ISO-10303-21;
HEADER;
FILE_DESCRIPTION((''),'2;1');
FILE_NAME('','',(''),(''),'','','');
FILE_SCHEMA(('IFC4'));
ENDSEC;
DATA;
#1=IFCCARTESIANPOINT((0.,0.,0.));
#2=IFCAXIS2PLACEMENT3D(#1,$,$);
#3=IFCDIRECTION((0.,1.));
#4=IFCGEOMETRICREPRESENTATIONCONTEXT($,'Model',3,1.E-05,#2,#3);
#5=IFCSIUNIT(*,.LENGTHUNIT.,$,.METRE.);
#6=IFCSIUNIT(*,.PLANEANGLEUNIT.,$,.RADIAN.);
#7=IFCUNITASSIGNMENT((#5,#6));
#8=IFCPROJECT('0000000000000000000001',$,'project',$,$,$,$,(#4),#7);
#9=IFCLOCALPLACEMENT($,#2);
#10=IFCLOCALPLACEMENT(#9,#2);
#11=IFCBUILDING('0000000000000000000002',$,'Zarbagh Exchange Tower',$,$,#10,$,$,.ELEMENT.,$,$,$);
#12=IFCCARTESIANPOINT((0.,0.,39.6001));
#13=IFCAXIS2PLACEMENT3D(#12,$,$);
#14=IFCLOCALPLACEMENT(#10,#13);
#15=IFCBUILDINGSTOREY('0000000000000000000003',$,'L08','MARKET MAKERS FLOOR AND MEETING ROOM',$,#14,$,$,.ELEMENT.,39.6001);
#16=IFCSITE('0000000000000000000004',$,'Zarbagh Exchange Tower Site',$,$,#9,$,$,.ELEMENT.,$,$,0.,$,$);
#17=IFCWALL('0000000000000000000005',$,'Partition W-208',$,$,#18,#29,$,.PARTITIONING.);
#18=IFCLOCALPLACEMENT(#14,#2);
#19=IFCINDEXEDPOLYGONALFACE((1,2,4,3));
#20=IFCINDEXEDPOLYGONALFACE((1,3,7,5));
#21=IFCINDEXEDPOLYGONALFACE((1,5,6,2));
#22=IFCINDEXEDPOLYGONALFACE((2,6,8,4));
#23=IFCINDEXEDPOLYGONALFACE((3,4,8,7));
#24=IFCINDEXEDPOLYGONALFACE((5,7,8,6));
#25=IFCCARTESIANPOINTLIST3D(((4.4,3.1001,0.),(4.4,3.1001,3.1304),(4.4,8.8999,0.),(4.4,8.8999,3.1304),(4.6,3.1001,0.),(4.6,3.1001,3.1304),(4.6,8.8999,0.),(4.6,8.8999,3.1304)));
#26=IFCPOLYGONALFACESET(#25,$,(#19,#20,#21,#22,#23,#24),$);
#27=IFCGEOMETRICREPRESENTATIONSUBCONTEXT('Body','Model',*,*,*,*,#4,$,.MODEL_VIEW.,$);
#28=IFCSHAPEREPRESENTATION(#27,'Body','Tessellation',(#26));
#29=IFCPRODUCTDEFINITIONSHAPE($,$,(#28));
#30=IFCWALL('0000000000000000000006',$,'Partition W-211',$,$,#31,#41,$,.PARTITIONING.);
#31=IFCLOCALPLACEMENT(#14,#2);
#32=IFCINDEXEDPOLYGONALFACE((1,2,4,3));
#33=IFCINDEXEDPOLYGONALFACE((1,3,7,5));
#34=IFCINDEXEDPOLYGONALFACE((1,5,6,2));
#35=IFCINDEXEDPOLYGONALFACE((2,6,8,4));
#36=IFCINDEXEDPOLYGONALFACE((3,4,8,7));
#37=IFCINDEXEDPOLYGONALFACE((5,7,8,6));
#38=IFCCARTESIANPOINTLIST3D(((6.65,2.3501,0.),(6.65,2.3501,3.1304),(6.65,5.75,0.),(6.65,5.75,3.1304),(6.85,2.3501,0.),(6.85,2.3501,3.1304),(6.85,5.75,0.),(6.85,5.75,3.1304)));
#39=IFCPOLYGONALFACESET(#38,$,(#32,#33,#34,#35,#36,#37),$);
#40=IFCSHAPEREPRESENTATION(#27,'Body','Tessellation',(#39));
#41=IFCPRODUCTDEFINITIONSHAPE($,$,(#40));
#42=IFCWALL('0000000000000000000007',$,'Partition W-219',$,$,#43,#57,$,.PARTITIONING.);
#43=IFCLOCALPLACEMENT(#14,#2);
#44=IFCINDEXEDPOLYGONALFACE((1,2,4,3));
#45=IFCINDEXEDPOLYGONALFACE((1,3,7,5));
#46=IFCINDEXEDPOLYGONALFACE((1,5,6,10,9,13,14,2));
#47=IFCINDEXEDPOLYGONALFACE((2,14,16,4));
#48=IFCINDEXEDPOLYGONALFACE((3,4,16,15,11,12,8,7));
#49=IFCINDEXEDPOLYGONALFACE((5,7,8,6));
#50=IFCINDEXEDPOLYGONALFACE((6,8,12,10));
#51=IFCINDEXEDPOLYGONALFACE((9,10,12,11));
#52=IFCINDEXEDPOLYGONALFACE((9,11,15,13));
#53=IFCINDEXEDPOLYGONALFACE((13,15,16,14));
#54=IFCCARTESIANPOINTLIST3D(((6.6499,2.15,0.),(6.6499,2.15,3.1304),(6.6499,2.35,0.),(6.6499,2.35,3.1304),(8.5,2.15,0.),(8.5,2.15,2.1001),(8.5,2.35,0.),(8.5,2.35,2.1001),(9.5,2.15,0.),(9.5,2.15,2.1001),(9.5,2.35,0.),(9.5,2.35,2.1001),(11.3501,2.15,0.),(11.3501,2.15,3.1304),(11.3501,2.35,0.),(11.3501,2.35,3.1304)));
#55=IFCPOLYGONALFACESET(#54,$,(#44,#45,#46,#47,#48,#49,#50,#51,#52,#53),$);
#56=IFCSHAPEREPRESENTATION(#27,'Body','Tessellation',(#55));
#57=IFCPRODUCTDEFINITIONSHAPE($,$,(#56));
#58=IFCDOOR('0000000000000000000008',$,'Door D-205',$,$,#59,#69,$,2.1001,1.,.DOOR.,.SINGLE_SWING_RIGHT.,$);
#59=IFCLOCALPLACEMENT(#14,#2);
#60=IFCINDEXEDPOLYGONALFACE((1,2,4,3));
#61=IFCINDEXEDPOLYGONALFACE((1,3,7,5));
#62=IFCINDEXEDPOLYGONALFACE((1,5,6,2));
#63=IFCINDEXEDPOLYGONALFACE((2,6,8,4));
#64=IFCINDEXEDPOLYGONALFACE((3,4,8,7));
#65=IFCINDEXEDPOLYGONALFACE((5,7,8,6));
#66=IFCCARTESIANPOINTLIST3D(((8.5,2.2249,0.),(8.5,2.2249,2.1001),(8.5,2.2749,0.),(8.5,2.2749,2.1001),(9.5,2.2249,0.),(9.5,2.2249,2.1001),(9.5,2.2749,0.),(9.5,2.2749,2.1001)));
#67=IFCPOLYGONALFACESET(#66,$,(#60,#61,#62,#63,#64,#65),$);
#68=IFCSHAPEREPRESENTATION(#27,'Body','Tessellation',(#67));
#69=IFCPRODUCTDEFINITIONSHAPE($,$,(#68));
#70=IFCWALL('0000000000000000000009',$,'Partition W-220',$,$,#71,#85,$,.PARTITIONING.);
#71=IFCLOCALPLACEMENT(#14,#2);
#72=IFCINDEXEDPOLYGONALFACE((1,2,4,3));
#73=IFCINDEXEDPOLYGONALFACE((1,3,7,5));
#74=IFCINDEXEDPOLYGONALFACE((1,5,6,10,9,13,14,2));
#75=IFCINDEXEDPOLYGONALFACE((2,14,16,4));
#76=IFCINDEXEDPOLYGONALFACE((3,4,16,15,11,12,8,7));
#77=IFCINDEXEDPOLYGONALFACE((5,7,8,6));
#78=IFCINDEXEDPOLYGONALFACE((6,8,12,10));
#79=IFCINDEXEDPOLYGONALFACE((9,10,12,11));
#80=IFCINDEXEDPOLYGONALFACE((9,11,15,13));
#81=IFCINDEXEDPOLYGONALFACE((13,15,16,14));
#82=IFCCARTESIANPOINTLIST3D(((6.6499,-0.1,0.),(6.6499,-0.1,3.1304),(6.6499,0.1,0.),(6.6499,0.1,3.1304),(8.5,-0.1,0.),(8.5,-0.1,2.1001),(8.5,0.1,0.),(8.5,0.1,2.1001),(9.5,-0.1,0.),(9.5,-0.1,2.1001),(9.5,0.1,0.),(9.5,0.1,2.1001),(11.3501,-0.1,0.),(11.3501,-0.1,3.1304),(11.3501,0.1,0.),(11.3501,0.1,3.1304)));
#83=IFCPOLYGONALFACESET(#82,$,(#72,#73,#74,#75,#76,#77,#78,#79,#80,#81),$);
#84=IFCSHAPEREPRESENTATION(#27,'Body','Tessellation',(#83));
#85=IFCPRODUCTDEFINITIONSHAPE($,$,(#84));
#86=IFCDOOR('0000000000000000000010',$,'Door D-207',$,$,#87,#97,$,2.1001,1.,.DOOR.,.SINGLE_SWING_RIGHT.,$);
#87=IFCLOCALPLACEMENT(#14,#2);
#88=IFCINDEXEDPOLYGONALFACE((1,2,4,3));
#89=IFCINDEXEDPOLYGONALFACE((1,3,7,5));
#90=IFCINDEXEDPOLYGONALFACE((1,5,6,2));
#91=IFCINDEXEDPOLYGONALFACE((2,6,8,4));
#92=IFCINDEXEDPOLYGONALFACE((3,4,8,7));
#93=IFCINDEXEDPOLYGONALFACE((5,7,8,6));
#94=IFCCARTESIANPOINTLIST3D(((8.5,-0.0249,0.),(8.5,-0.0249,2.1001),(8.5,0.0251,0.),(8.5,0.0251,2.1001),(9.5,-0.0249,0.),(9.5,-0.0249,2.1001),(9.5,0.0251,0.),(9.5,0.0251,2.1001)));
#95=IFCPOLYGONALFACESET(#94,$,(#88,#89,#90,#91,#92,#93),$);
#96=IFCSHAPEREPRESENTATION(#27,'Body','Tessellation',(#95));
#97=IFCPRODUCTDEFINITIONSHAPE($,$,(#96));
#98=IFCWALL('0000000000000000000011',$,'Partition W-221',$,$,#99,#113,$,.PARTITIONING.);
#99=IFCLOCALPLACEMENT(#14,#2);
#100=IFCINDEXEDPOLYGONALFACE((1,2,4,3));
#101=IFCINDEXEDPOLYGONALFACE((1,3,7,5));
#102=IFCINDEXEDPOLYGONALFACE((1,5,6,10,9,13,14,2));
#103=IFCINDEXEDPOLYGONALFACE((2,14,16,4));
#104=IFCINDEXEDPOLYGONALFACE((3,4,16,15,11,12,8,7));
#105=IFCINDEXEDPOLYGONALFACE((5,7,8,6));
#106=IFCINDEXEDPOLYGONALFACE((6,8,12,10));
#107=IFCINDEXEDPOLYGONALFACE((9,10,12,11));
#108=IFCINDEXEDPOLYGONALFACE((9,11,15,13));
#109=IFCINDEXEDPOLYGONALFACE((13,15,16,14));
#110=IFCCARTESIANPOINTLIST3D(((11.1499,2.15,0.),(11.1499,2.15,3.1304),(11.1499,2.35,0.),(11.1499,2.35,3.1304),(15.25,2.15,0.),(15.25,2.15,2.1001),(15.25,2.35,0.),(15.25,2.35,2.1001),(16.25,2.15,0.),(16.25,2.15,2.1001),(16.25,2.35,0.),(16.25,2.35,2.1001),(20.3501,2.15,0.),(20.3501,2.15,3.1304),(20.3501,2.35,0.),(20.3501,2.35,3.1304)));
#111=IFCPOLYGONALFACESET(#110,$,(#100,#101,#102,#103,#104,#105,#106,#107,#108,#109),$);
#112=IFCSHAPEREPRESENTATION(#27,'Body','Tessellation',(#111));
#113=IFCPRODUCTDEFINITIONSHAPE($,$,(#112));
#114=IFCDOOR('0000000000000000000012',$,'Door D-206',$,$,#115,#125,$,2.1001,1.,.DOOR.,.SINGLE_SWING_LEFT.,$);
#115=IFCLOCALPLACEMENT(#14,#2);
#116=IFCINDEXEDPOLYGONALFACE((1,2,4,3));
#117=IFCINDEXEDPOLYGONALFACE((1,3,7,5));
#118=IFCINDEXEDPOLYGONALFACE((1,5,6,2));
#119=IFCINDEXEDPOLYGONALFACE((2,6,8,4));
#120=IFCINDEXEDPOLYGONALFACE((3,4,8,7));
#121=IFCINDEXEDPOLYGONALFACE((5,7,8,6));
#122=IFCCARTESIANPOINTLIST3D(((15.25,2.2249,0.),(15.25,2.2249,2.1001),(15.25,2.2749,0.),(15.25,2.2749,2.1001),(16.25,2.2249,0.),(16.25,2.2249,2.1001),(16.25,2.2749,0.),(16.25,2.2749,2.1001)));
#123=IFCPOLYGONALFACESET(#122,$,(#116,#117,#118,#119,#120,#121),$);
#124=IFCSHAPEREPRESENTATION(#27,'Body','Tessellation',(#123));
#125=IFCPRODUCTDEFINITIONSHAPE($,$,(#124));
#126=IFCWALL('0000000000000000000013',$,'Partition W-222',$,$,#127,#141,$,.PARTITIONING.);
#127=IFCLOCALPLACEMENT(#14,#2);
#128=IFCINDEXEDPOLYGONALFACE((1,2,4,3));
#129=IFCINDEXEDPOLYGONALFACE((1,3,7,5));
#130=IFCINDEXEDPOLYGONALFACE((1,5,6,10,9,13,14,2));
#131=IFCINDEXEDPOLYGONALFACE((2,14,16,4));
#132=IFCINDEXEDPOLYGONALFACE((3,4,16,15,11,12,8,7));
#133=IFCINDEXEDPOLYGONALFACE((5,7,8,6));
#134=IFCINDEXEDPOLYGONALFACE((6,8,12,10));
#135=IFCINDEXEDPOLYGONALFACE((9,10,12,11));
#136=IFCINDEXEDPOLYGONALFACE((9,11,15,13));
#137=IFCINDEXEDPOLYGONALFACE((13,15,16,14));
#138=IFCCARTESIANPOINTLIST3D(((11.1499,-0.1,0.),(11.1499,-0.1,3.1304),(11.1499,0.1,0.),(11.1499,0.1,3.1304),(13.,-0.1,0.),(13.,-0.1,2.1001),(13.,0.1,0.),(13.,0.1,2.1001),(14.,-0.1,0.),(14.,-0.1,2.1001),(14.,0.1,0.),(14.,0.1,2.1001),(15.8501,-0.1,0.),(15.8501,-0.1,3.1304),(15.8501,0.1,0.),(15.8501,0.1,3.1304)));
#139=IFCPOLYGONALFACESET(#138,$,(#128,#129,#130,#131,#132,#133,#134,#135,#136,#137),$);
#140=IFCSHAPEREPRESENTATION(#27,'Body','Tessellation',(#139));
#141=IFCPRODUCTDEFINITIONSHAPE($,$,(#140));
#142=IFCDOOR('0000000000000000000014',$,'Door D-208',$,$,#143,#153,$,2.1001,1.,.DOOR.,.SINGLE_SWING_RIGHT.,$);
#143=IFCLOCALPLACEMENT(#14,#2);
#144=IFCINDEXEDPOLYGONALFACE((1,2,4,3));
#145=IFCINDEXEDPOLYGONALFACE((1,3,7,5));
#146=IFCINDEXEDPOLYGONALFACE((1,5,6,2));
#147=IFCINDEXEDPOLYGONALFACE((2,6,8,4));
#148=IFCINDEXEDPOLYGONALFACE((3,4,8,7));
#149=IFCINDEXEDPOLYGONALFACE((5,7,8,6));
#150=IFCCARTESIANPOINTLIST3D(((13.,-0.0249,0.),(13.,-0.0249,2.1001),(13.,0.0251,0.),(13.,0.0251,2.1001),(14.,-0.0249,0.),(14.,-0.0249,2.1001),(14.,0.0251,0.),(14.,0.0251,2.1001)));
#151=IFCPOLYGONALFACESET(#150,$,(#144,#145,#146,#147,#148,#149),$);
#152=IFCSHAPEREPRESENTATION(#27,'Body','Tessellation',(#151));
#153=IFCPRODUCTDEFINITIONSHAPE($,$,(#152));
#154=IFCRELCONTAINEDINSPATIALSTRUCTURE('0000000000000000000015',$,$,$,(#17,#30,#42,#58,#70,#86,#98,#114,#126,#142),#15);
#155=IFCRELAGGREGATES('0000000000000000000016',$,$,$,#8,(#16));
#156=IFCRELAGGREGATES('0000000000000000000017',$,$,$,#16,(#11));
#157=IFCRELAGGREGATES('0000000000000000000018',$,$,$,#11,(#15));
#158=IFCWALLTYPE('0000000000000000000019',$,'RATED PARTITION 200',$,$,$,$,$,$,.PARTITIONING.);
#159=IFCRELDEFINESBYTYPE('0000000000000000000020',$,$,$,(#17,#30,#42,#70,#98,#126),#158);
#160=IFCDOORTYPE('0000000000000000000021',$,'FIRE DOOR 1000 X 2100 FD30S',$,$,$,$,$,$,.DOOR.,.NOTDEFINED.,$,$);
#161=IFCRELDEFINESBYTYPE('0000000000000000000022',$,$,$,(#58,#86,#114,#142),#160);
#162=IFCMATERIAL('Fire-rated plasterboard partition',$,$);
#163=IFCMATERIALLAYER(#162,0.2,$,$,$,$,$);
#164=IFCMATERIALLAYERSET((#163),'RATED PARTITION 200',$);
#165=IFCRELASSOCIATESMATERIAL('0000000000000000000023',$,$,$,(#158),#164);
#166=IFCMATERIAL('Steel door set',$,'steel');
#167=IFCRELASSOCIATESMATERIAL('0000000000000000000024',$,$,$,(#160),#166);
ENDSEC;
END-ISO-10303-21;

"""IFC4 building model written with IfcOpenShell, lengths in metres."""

from ifc_helpers import new_model, si_unit, direction, frame, frame_2d, origin, place, context, subcontext, project, spatial, rectangle, extrude, material, layer, layer_set, type_object, element, fill, save


model = new_model("IFC4")

# Units and contexts
model_context = context("Model", 3, precision=1e-05, world=origin(), true_north=direction((0.0, 1.0)))
body_context = subcontext(model_context, "Body", "Model", "MODEL_VIEW")
ifc_project = project(units=[si_unit("LENGTHUNIT", "METRE"), si_unit("PLANEANGLEUNIT", "RADIAN")], contexts=[model_context])

# Site, building, storey
site_placement = place(None, origin())
site = spatial("IfcSite", under=ifc_project, at=site_placement, Name="Zarbagh Exchange Tower Site", CompositionType="ELEMENT", RefElevation=0.0)
building_placement = place(site_placement, origin())
building = spatial("IfcBuilding", under=site, at=building_placement, Name="Zarbagh Exchange Tower", CompositionType="ELEMENT")
storey_placement = place(building_placement, frame((0.0, 0.0, 39.6001)))
storey = spatial("IfcBuildingStorey", under=building, at=storey_placement, Name="L08", Description="MARKET MAKERS FLOOR AND MEETING ROOM", CompositionType="ELEMENT", Elevation=39.6001)

# Walls
ifc_material_1 = material(Name="Fire-rated plasterboard partition")
ifc_layer = layer(ifc_material_1, 0.2)
ifc_layer_set = layer_set([ifc_layer], Name="RATED PARTITION 200")
wall_type = type_object("IfcWallType", Name="RATED PARTITION 200", PredefinedType="PARTITIONING", material=ifc_layer_set)
wall_1_placement = place(storey_placement, frame((4.5, 3.1001, 0.0), z_axis=(0.0, 0.0, 1.0), x_axis=(0.0, 1.0, 0.0)))
element("IfcWall", 1, at=wall_1_placement, inside=storey, type_object=wall_type, Name="Partition W-208", PredefinedType="PARTITIONING", context=body_context, shape_type="SweptSolid", body=[
    extrude(rectangle(XDim=5.7998, YDim=0.2, at=frame_2d((2.8999, 0.0))), origin(), (0.0, 0.0, 1.0), 3.1304),
])
wall_2_placement = place(storey_placement, frame((6.75, 2.3501, 0.0), z_axis=(0.0, 0.0, 1.0), x_axis=(0.0, 1.0, 0.0)))
element("IfcWall", 2, at=wall_2_placement, inside=storey, type_object=wall_type, Name="Partition W-211", PredefinedType="PARTITIONING", context=body_context, shape_type="SweptSolid", body=[
    extrude(rectangle(XDim=3.3999, YDim=0.2, at=frame_2d((1.7, 0.0))), origin(), (0.0, 0.0, 1.0), 3.1304),
])

# Walls, openings, doors
wall_3_placement = place(storey_placement, frame((6.6499, 2.25, 0.0), z_axis=(0.0, 0.0, 1.0), x_axis=(1.0, 0.0, 0.0)))
wall_3 = element("IfcWall", 3, at=wall_3_placement, inside=storey, type_object=wall_type, Name="Partition W-219", PredefinedType="PARTITIONING", context=body_context, shape_type="SweptSolid", body=[
    extrude(rectangle(XDim=4.7002, YDim=0.2, at=frame_2d((2.3501, 0.0))), origin(), (0.0, 0.0, 1.0), 3.1304),
])
opening_1_placement = place(wall_3_placement, frame((1.8501, 0.0, 0.0)))
opening_1 = element("IfcOpeningElement", 4, at=opening_1_placement, cuts=wall_3, PredefinedType="OPENING", context=body_context, shape_type="SweptSolid", body=[
    extrude(rectangle(XDim=1.0, YDim=2.1001, at=frame_2d((0.5, 1.05))), frame((0.0, 0.1099, 0.0), z_axis=(0.0, -1.0, 0.0), x_axis=(1.0, 0.0, 0.0)), (0.0, 0.0, 1.0), 0.22),
])
ifc_material_2 = material(Name="Steel door set", Category="steel")
door_type_1 = type_object("IfcDoorType", Name="FIRE DOOR 1000 X 2100 FD30S", OperationType="NOTDEFINED", PredefinedType="DOOR", material=ifc_material_2)
door_1_placement = place(opening_1_placement, origin())
door_1 = element("IfcDoor", 5, at=door_1_placement, inside=storey, type_object=door_type_1, Name="Door D-205", OperationType="SINGLE_SWING_RIGHT", OverallHeight=2.1001, OverallWidth=1.0, PredefinedType="DOOR", context=body_context, shape_type="SweptSolid", body=[
    extrude(rectangle(XDim=1.0, YDim=2.1001, at=frame_2d((0.5, 1.05))), frame((0.0, 0.0249, 0.0), z_axis=(0.0, -1.0, 0.0), x_axis=(1.0, 0.0, 0.0)), (0.0, 0.0, 1.0), 0.05),
])
fill(opening_1, door_1)
wall_4_placement = place(storey_placement, frame((11.3501, 0.0, 0.0), z_axis=(0.0, 0.0, 1.0), x_axis=(-1.0, 0.0, 0.0)))
wall_4 = element("IfcWall", 6, at=wall_4_placement, inside=storey, type_object=wall_type, Name="Partition W-220", PredefinedType="PARTITIONING", context=body_context, shape_type="SweptSolid", body=[
    extrude(rectangle(XDim=4.7002, YDim=0.2, at=frame_2d((2.3501, 0.0))), origin(), (0.0, 0.0, 1.0), 3.1304),
])
opening_2_placement = place(wall_4_placement, frame((1.8501, 0.0, 0.0)))
opening_2 = element("IfcOpeningElement", 7, at=opening_2_placement, cuts=wall_4, PredefinedType="OPENING", context=body_context, shape_type="SweptSolid", body=[
    extrude(rectangle(XDim=1.0, YDim=2.1001, at=frame_2d((0.5, 1.05))), frame((0.0, 0.1099, 0.0), z_axis=(0.0, -1.0, 0.0), x_axis=(1.0, 0.0, 0.0)), (0.0, 0.0, 1.0), 0.22),
])
door_2_placement = place(opening_2_placement, origin())
door_2 = element("IfcDoor", 8, at=door_2_placement, inside=storey, type_object=door_type_1, Name="Door D-207", OperationType="SINGLE_SWING_RIGHT", OverallHeight=2.1001, OverallWidth=1.0, PredefinedType="DOOR", context=body_context, shape_type="SweptSolid", body=[
    extrude(rectangle(XDim=1.0, YDim=2.1001, at=frame_2d((0.5, 1.05))), frame((0.0, 0.0249, 0.0), z_axis=(0.0, -1.0, 0.0), x_axis=(1.0, 0.0, 0.0)), (0.0, 0.0, 1.0), 0.05),
])
fill(opening_2, door_2)
wall_5_placement = place(storey_placement, frame((11.1499, 2.25, 0.0), z_axis=(0.0, 0.0, 1.0), x_axis=(1.0, 0.0, 0.0)))
wall_5 = element("IfcWall", 9, at=wall_5_placement, inside=storey, type_object=wall_type, Name="Partition W-221", PredefinedType="PARTITIONING", context=body_context, shape_type="SweptSolid", body=[
    extrude(rectangle(XDim=9.2002, YDim=0.2, at=frame_2d((4.6001, 0.0))), origin(), (0.0, 0.0, 1.0), 3.1304),
])
opening_3_placement = place(wall_5_placement, frame((4.1001, 0.0, 0.0)))
opening_3 = element("IfcOpeningElement", 10, at=opening_3_placement, cuts=wall_5, PredefinedType="OPENING", context=body_context, shape_type="SweptSolid", body=[
    extrude(rectangle(XDim=1.0, YDim=2.1001, at=frame_2d((0.5, 1.05))), frame((0.0, 0.1099, 0.0), z_axis=(0.0, -1.0, 0.0), x_axis=(1.0, 0.0, 0.0)), (0.0, 0.0, 1.0), 0.22),
])
door_3_placement = place(opening_3_placement, origin())
door_3 = element("IfcDoor", 11, at=door_3_placement, inside=storey, type_object=door_type_1, Name="Door D-206", OperationType="SINGLE_SWING_LEFT", OverallHeight=2.1001, OverallWidth=1.0, PredefinedType="DOOR", context=body_context, shape_type="SweptSolid", body=[
    extrude(rectangle(XDim=1.0, YDim=2.1001, at=frame_2d((0.5, 1.05))), frame((0.0, 0.0249, 0.0), z_axis=(0.0, -1.0, 0.0), x_axis=(1.0, 0.0, 0.0)), (0.0, 0.0, 1.0), 0.05),
])
fill(opening_3, door_3)
wall_6_placement = place(storey_placement, frame((15.8501, 0.0, 0.0), z_axis=(0.0, 0.0, 1.0), x_axis=(-1.0, 0.0, 0.0)))
wall_6 = element("IfcWall", 12, at=wall_6_placement, inside=storey, type_object=wall_type, Name="Partition W-222", PredefinedType="PARTITIONING", context=body_context, shape_type="SweptSolid", body=[
    extrude(rectangle(XDim=4.7002, YDim=0.2, at=frame_2d((2.3501, 0.0))), origin(), (0.0, 0.0, 1.0), 3.1304),
])
opening_4_placement = place(wall_6_placement, frame((1.8501, 0.0, 0.0)))
opening_4 = element("IfcOpeningElement", 13, at=opening_4_placement, cuts=wall_6, PredefinedType="OPENING", context=body_context, shape_type="SweptSolid", body=[
    extrude(rectangle(XDim=1.0, YDim=2.1001, at=frame_2d((0.5, 1.05))), frame((0.0, 0.1099, 0.0), z_axis=(0.0, -1.0, 0.0), x_axis=(1.0, 0.0, 0.0)), (0.0, 0.0, 1.0), 0.22),
])
door_4_placement = place(opening_4_placement, origin())
door_4 = element("IfcDoor", 14, at=door_4_placement, inside=storey, type_object=door_type_1, Name="Door D-208", OperationType="SINGLE_SWING_RIGHT", OverallHeight=2.1001, OverallWidth=1.0, PredefinedType="DOOR", context=body_context, shape_type="SweptSolid", body=[
    extrude(rectangle(XDim=1.0, YDim=2.1001, at=frame_2d((0.5, 1.05))), frame((0.0, 0.0249, 0.0), z_axis=(0.0, -1.0, 0.0), x_axis=(1.0, 0.0, 0.0)), (0.0, 0.0, 1.0), 0.05),
])
fill(opening_4, door_4)

save(model, "model.ifc")
